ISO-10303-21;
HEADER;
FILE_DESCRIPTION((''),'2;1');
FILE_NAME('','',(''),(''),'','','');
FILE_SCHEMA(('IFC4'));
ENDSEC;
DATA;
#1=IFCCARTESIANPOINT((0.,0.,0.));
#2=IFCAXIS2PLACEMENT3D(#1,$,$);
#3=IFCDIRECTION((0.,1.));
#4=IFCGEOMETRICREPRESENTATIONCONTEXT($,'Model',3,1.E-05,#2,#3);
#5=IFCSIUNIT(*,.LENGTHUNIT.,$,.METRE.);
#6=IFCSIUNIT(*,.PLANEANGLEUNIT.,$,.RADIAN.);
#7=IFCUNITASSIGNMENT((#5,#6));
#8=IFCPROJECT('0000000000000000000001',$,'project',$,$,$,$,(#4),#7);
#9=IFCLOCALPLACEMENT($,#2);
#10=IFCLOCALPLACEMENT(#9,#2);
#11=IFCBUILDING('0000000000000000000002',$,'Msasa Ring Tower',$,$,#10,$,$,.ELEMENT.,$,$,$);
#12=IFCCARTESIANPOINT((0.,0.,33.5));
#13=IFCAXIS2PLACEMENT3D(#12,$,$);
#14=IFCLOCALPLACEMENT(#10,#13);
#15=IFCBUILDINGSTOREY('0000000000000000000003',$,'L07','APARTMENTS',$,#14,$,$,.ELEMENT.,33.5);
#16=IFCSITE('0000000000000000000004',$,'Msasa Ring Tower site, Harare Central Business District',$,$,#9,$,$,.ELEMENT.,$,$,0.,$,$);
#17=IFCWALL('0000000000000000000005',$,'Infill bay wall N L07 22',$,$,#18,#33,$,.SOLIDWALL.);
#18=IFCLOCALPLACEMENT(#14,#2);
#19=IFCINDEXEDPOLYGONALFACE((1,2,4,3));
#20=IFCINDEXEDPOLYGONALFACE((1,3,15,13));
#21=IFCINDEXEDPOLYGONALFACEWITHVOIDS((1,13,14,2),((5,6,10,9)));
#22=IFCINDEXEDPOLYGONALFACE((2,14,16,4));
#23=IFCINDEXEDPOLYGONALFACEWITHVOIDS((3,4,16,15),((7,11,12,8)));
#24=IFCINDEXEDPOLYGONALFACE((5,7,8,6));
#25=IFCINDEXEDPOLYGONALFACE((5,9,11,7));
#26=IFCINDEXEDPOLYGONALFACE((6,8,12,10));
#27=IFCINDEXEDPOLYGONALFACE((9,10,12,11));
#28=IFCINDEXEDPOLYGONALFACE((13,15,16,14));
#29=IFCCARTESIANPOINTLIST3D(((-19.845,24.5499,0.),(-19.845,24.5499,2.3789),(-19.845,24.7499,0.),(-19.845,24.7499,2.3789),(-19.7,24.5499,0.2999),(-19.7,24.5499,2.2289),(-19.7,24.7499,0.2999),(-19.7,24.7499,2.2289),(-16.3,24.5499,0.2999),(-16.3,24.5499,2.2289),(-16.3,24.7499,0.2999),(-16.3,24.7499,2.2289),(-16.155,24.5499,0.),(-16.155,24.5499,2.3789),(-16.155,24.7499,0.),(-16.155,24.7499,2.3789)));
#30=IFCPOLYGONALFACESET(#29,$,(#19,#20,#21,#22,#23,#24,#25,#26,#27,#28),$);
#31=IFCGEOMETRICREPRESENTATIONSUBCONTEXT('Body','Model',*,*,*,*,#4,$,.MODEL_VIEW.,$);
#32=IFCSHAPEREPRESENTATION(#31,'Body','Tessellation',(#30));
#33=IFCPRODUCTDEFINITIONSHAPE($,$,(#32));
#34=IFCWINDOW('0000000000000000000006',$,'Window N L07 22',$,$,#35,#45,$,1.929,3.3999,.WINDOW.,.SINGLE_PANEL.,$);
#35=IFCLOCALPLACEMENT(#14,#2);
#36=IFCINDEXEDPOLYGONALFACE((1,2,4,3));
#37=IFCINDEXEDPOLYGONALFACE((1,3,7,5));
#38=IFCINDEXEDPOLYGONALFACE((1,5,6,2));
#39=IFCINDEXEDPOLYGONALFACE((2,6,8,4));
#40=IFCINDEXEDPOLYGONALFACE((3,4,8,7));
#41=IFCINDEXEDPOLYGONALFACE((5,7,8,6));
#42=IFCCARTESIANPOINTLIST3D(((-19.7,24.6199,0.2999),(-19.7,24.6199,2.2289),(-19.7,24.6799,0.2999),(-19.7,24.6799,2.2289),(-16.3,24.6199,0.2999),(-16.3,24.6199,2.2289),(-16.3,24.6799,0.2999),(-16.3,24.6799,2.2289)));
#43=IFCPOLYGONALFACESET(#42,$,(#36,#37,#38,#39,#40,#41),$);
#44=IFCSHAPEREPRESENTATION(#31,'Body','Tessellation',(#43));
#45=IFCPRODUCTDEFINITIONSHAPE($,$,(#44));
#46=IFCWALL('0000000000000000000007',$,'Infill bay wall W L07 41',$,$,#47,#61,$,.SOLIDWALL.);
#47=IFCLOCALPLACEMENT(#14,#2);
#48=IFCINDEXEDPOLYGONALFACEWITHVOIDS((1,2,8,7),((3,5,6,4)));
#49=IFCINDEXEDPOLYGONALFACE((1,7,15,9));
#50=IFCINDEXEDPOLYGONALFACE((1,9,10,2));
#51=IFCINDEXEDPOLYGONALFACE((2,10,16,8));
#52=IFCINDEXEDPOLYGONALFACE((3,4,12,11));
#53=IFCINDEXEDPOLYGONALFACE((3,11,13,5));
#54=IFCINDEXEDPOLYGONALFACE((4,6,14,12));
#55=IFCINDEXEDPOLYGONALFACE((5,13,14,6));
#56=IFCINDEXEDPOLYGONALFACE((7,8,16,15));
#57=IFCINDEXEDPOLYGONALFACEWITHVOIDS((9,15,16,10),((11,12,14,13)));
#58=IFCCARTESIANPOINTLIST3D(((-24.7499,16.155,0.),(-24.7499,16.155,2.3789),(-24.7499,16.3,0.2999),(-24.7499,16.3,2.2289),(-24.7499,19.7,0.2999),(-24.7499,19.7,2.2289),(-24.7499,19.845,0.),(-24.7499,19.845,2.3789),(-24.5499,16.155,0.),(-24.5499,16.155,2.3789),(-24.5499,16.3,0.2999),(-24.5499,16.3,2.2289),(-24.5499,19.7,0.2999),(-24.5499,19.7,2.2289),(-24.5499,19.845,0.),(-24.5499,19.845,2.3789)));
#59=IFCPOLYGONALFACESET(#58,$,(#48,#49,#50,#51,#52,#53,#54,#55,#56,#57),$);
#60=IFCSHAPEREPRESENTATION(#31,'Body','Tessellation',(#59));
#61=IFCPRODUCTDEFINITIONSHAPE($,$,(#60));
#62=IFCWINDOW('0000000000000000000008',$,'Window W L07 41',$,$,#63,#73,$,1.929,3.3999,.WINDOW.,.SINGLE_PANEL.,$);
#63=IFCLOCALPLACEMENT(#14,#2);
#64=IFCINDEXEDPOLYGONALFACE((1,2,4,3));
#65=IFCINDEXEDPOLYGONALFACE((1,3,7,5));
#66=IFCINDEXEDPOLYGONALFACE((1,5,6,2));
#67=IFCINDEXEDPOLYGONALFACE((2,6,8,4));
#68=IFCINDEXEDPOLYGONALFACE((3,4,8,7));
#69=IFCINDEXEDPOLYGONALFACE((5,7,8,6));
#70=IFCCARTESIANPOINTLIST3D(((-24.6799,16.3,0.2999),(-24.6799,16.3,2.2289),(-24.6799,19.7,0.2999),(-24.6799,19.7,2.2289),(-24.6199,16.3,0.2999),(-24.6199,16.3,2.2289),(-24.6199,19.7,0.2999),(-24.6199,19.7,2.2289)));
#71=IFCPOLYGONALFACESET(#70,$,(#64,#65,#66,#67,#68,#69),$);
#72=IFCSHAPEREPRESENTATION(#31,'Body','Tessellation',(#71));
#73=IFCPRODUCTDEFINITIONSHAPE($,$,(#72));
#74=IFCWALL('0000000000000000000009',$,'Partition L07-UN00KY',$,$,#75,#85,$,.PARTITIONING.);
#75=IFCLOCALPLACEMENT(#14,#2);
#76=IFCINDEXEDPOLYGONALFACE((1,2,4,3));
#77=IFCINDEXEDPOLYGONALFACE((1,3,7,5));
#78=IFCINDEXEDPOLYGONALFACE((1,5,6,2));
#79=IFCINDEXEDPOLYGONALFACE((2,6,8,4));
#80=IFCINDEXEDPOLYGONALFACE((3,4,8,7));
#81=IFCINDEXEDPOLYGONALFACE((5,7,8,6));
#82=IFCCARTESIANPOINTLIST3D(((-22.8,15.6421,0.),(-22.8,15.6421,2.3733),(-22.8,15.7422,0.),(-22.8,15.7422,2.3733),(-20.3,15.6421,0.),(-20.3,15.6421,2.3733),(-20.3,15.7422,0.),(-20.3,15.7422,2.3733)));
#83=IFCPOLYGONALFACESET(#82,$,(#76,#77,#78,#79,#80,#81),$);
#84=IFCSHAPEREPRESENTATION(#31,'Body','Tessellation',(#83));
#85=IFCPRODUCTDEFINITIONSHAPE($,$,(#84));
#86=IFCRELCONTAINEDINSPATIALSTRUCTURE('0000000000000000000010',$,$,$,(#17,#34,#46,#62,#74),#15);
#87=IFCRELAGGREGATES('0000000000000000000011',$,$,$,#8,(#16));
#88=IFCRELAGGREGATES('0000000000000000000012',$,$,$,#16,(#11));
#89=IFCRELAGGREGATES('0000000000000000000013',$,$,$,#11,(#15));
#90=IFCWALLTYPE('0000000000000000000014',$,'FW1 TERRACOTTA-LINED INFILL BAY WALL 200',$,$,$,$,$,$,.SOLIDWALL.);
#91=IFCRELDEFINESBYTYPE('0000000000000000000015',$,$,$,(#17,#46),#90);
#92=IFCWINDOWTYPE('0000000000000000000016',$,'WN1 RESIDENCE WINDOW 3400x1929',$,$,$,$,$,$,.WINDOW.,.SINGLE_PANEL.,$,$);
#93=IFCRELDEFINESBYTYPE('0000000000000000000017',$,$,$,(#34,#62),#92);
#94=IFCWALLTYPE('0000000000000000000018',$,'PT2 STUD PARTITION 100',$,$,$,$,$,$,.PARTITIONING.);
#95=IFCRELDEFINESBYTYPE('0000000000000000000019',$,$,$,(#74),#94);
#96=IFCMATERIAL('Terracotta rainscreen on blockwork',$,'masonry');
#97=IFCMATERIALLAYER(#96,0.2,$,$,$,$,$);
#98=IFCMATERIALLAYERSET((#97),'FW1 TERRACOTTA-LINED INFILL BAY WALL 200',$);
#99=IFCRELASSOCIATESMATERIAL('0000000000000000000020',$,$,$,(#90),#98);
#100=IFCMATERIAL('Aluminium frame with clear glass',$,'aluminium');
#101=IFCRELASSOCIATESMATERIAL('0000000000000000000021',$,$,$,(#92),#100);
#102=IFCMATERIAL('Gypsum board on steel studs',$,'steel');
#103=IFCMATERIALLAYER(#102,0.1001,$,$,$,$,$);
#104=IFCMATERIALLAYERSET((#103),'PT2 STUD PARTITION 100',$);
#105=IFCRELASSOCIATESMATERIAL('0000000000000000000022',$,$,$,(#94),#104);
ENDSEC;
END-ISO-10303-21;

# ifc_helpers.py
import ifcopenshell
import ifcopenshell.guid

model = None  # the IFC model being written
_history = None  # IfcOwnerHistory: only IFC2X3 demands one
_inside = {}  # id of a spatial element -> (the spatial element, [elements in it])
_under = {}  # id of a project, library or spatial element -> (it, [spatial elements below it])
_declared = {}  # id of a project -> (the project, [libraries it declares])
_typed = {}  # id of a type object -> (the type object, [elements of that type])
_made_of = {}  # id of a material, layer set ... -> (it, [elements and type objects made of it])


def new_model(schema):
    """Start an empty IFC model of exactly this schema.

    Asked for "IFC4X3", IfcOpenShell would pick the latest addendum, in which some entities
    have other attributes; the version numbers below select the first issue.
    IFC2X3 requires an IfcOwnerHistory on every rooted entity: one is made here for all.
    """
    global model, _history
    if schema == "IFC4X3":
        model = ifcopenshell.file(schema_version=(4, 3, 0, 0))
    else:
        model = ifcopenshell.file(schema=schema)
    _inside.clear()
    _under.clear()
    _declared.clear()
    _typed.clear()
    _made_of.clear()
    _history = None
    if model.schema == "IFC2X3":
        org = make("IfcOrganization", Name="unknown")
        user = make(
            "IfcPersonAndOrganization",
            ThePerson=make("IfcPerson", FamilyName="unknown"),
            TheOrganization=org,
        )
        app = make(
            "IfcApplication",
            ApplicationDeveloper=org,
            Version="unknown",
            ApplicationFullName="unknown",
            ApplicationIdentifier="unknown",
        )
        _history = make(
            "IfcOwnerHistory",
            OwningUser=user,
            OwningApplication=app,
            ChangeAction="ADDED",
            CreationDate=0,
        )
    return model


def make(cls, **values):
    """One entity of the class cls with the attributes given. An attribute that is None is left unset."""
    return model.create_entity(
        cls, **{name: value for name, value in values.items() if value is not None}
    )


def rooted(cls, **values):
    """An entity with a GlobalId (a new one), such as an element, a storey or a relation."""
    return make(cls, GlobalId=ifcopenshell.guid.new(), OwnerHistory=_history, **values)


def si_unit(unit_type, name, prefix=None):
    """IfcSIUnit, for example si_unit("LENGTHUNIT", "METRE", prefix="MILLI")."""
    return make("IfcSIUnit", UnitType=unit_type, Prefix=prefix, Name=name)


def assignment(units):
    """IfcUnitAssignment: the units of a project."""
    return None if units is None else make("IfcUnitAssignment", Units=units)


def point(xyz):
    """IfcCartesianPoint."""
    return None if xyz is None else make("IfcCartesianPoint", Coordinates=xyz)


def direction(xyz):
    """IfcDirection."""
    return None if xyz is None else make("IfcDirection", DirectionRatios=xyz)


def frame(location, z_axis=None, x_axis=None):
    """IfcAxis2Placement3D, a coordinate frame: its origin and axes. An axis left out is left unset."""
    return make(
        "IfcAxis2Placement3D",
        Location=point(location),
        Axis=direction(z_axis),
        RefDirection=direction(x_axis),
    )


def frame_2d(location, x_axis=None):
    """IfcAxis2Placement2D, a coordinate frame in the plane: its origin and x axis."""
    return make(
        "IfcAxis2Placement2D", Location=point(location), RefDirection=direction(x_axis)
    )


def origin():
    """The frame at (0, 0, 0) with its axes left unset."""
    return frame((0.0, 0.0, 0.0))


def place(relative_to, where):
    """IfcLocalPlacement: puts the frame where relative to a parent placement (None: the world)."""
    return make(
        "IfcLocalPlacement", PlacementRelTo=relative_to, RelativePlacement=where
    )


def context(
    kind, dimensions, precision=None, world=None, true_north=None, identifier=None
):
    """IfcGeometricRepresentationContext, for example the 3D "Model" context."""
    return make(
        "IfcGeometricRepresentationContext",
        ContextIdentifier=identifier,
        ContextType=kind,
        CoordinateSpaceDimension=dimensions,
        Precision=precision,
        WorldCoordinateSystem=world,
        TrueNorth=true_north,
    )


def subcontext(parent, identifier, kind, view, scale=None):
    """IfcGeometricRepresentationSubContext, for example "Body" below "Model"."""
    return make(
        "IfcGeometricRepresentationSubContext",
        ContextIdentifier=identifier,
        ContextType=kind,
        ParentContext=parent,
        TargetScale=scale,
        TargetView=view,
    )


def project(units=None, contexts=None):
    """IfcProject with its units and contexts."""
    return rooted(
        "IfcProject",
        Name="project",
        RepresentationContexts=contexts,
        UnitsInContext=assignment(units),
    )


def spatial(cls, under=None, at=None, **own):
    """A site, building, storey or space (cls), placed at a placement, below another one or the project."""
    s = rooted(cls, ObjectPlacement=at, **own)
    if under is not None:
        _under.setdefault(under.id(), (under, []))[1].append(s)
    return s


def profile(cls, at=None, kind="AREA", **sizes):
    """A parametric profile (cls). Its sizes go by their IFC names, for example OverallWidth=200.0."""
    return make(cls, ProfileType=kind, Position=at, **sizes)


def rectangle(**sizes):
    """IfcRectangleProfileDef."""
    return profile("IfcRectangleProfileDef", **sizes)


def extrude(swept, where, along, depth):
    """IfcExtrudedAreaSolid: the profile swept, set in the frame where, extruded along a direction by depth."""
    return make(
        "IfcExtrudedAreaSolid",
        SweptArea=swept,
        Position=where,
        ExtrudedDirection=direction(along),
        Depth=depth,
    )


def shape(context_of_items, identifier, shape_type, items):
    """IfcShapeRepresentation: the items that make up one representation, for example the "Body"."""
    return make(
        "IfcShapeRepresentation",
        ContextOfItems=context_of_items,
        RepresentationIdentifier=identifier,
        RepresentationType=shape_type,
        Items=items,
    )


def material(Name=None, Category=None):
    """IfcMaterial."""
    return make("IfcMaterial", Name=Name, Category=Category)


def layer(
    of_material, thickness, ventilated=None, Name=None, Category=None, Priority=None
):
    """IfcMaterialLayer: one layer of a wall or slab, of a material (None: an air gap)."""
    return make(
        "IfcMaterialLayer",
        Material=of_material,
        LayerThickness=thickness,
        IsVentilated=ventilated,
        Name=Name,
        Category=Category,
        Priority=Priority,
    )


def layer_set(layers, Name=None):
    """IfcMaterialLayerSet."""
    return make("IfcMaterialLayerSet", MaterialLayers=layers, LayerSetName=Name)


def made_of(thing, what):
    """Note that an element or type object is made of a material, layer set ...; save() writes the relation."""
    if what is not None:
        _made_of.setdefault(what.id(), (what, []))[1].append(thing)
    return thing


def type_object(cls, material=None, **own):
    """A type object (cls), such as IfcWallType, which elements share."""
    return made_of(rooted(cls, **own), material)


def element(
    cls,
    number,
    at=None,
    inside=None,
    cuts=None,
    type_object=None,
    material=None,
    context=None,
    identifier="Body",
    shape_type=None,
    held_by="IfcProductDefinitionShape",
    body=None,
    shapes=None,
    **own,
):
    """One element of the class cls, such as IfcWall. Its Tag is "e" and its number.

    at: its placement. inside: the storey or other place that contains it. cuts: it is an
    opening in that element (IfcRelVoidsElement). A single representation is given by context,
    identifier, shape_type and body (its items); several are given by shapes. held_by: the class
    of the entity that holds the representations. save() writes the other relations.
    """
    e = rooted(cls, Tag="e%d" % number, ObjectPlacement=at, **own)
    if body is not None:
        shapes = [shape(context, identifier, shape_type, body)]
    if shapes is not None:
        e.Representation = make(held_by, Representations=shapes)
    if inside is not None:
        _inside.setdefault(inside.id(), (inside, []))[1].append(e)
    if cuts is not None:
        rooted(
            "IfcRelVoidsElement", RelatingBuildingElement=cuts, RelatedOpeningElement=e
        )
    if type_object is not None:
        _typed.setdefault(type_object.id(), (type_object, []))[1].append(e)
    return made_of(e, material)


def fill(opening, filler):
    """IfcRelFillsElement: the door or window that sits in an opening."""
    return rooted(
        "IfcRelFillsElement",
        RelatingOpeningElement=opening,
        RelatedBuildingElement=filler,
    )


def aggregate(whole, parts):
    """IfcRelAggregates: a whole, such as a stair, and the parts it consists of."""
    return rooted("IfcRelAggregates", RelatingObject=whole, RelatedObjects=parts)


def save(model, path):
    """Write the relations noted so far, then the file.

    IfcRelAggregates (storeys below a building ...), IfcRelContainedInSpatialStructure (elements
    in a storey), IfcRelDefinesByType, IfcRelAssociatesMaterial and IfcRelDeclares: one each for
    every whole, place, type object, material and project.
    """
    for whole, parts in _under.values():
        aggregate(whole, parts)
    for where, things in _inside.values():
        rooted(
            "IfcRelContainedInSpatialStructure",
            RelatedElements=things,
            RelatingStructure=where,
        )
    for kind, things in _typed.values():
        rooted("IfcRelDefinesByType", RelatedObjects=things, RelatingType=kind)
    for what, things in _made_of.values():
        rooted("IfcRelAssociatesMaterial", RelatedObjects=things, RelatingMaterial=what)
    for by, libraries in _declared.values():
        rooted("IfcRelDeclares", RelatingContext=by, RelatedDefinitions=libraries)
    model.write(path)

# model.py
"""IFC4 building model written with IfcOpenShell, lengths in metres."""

from ifc_helpers import new_model, si_unit, direction, frame, frame_2d, origin, place, context, subcontext, project, spatial, rectangle, extrude, material, layer, layer_set, type_object, element, fill, save


model = new_model("IFC4")

# Units and contexts
model_context = context("Model", 3, precision=1e-05, world=origin(), true_north=direction((0.0, 1.0)))
body_context = subcontext(model_context, "Body", "Model", "MODEL_VIEW")
ifc_project = project(units=[si_unit("LENGTHUNIT", "METRE"), si_unit("PLANEANGLEUNIT", "RADIAN")], contexts=[model_context])

# Site, building, storey
site_placement = place(None, origin())
site = spatial("IfcSite", under=ifc_project, at=site_placement, Name="Msasa Ring Tower site, Harare Central Business District", CompositionType="ELEMENT", RefElevation=0.0)
building_placement = place(site_placement, origin())
building = spatial("IfcBuilding", under=site, at=building_placement, Name="Msasa Ring Tower", CompositionType="ELEMENT")
storey_placement = place(building_placement, frame((0.0, 0.0, 33.5)))
storey = spatial("IfcBuildingStorey", under=building, at=storey_placement, Name="L07", Description="APARTMENTS", CompositionType="ELEMENT", Elevation=33.5)

# Walls, openings, windows
ifc_material_1 = material(Name="Terracotta rainscreen on blockwork", Category="masonry")
ifc_layer_1 = layer(ifc_material_1, 0.2)
ifc_layer_set_1 = layer_set([ifc_layer_1], Name="FW1 TERRACOTTA-LINED INFILL BAY WALL 200")
wall_type_1 = type_object("IfcWallType", Name="FW1 TERRACOTTA-LINED INFILL BAY WALL 200", PredefinedType="SOLIDWALL", material=ifc_layer_set_1)
wall_1_placement = place(storey_placement, frame((-19.845, 24.6499, 0.0), z_axis=(0.0, 0.0, 1.0), x_axis=(1.0, 0.0, 0.0)))
wall_1 = element("IfcWall", 1, at=wall_1_placement, inside=storey, type_object=wall_type_1, Name="Infill bay wall N L07 22", PredefinedType="SOLIDWALL", context=body_context, shape_type="SweptSolid", body=[
    extrude(rectangle(XDim=3.6899, YDim=0.2, at=frame_2d((1.845, 0.0))), origin(), (0.0, 0.0, 1.0), 2.3789),
])
opening_1_placement = place(wall_1_placement, frame((0.145, 0.0, 0.3)))
opening_1 = element("IfcOpeningElement", 2, at=opening_1_placement, cuts=wall_1, PredefinedType="OPENING", context=body_context, shape_type="SweptSolid", body=[
    extrude(rectangle(XDim=3.3999, YDim=1.929, at=frame_2d((1.7, 0.9644))), frame((0.0, 0.1099, 0.0), z_axis=(0.0, -1.0, 0.0), x_axis=(1.0, 0.0, 0.0)), (0.0, 0.0, 1.0), 0.22),
])
ifc_material_2 = material(Name="Aluminium frame with clear glass", Category="aluminium")
window_type = type_object("IfcWindowType", Name="WN1 RESIDENCE WINDOW 3400x1929", PartitioningType="SINGLE_PANEL", PredefinedType="WINDOW", material=ifc_material_2)
window_1_placement = place(opening_1_placement, origin())
window_1 = element("IfcWindow", 3, at=window_1_placement, inside=storey, type_object=window_type, Name="Window N L07 22", OverallHeight=1.929, OverallWidth=3.3999, PartitioningType="SINGLE_PANEL", PredefinedType="WINDOW", context=body_context, shape_type="SweptSolid", body=[
    extrude(rectangle(XDim=3.3999, YDim=1.929, at=frame_2d((1.7, 0.9644))), frame((0.0, 0.03, 0.0), z_axis=(0.0, -1.0, 0.0), x_axis=(1.0, 0.0, 0.0)), (0.0, 0.0, 1.0), 0.0601),
])
fill(opening_1, window_1)
wall_2_placement = place(storey_placement, frame((-24.6499, 16.155, 0.0), z_axis=(0.0, 0.0, 1.0), x_axis=(0.0, 1.0, 0.0)))
wall_2 = element("IfcWall", 4, at=wall_2_placement, inside=storey, type_object=wall_type_1, Name="Infill bay wall W L07 41", PredefinedType="SOLIDWALL", context=body_context, shape_type="SweptSolid", body=[
    extrude(rectangle(XDim=3.6899, YDim=0.2, at=frame_2d((1.845, 0.0))), origin(), (0.0, 0.0, 1.0), 2.3789),
])
opening_2_placement = place(wall_2_placement, frame((0.145, 0.0, 0.3)))
opening_2 = element("IfcOpeningElement", 5, at=opening_2_placement, cuts=wall_2, PredefinedType="OPENING", context=body_context, shape_type="SweptSolid", body=[
    extrude(rectangle(XDim=3.3999, YDim=1.929, at=frame_2d((1.7, 0.9644))), frame((0.0, 0.1099, 0.0), z_axis=(0.0, -1.0, 0.0), x_axis=(1.0, 0.0, 0.0)), (0.0, 0.0, 1.0), 0.22),
])
window_2_placement = place(opening_2_placement, origin())
window_2 = element("IfcWindow", 6, at=window_2_placement, inside=storey, type_object=window_type, Name="Window W L07 41", OverallHeight=1.929, OverallWidth=3.3999, PartitioningType="SINGLE_PANEL", PredefinedType="WINDOW", context=body_context, shape_type="SweptSolid", body=[
    extrude(rectangle(XDim=3.3999, YDim=1.929, at=frame_2d((1.7, 0.9644))), frame((0.0, 0.03, 0.0), z_axis=(0.0, -1.0, 0.0), x_axis=(1.0, 0.0, 0.0)), (0.0, 0.0, 1.0), 0.0601),
])
fill(opening_2, window_2)

# Wall
ifc_material_3 = material(Name="Gypsum board on steel studs", Category="steel")
ifc_layer_2 = layer(ifc_material_3, 0.1001)
ifc_layer_set_2 = layer_set([ifc_layer_2], Name="PT2 STUD PARTITION 100")
wall_type_2 = type_object("IfcWallType", Name="PT2 STUD PARTITION 100", PredefinedType="PARTITIONING", material=ifc_layer_set_2)
wall_3_placement = place(storey_placement, frame((-22.8, 15.6921, 0.0), z_axis=(0.0, 0.0, 1.0), x_axis=(1.0, 0.0, 0.0)))
element("IfcWall", 7, at=wall_3_placement, inside=storey, type_object=wall_type_2, Name="Partition L07-UN00KY", PredefinedType="PARTITIONING", context=body_context, shape_type="SweptSolid", body=[
    extrude(rectangle(XDim=2.5, YDim=0.1001, at=frame_2d((1.25, 0.0))), origin(), (0.0, 0.0, 1.0), 2.3733),
])

save(model, "model.ifc")
